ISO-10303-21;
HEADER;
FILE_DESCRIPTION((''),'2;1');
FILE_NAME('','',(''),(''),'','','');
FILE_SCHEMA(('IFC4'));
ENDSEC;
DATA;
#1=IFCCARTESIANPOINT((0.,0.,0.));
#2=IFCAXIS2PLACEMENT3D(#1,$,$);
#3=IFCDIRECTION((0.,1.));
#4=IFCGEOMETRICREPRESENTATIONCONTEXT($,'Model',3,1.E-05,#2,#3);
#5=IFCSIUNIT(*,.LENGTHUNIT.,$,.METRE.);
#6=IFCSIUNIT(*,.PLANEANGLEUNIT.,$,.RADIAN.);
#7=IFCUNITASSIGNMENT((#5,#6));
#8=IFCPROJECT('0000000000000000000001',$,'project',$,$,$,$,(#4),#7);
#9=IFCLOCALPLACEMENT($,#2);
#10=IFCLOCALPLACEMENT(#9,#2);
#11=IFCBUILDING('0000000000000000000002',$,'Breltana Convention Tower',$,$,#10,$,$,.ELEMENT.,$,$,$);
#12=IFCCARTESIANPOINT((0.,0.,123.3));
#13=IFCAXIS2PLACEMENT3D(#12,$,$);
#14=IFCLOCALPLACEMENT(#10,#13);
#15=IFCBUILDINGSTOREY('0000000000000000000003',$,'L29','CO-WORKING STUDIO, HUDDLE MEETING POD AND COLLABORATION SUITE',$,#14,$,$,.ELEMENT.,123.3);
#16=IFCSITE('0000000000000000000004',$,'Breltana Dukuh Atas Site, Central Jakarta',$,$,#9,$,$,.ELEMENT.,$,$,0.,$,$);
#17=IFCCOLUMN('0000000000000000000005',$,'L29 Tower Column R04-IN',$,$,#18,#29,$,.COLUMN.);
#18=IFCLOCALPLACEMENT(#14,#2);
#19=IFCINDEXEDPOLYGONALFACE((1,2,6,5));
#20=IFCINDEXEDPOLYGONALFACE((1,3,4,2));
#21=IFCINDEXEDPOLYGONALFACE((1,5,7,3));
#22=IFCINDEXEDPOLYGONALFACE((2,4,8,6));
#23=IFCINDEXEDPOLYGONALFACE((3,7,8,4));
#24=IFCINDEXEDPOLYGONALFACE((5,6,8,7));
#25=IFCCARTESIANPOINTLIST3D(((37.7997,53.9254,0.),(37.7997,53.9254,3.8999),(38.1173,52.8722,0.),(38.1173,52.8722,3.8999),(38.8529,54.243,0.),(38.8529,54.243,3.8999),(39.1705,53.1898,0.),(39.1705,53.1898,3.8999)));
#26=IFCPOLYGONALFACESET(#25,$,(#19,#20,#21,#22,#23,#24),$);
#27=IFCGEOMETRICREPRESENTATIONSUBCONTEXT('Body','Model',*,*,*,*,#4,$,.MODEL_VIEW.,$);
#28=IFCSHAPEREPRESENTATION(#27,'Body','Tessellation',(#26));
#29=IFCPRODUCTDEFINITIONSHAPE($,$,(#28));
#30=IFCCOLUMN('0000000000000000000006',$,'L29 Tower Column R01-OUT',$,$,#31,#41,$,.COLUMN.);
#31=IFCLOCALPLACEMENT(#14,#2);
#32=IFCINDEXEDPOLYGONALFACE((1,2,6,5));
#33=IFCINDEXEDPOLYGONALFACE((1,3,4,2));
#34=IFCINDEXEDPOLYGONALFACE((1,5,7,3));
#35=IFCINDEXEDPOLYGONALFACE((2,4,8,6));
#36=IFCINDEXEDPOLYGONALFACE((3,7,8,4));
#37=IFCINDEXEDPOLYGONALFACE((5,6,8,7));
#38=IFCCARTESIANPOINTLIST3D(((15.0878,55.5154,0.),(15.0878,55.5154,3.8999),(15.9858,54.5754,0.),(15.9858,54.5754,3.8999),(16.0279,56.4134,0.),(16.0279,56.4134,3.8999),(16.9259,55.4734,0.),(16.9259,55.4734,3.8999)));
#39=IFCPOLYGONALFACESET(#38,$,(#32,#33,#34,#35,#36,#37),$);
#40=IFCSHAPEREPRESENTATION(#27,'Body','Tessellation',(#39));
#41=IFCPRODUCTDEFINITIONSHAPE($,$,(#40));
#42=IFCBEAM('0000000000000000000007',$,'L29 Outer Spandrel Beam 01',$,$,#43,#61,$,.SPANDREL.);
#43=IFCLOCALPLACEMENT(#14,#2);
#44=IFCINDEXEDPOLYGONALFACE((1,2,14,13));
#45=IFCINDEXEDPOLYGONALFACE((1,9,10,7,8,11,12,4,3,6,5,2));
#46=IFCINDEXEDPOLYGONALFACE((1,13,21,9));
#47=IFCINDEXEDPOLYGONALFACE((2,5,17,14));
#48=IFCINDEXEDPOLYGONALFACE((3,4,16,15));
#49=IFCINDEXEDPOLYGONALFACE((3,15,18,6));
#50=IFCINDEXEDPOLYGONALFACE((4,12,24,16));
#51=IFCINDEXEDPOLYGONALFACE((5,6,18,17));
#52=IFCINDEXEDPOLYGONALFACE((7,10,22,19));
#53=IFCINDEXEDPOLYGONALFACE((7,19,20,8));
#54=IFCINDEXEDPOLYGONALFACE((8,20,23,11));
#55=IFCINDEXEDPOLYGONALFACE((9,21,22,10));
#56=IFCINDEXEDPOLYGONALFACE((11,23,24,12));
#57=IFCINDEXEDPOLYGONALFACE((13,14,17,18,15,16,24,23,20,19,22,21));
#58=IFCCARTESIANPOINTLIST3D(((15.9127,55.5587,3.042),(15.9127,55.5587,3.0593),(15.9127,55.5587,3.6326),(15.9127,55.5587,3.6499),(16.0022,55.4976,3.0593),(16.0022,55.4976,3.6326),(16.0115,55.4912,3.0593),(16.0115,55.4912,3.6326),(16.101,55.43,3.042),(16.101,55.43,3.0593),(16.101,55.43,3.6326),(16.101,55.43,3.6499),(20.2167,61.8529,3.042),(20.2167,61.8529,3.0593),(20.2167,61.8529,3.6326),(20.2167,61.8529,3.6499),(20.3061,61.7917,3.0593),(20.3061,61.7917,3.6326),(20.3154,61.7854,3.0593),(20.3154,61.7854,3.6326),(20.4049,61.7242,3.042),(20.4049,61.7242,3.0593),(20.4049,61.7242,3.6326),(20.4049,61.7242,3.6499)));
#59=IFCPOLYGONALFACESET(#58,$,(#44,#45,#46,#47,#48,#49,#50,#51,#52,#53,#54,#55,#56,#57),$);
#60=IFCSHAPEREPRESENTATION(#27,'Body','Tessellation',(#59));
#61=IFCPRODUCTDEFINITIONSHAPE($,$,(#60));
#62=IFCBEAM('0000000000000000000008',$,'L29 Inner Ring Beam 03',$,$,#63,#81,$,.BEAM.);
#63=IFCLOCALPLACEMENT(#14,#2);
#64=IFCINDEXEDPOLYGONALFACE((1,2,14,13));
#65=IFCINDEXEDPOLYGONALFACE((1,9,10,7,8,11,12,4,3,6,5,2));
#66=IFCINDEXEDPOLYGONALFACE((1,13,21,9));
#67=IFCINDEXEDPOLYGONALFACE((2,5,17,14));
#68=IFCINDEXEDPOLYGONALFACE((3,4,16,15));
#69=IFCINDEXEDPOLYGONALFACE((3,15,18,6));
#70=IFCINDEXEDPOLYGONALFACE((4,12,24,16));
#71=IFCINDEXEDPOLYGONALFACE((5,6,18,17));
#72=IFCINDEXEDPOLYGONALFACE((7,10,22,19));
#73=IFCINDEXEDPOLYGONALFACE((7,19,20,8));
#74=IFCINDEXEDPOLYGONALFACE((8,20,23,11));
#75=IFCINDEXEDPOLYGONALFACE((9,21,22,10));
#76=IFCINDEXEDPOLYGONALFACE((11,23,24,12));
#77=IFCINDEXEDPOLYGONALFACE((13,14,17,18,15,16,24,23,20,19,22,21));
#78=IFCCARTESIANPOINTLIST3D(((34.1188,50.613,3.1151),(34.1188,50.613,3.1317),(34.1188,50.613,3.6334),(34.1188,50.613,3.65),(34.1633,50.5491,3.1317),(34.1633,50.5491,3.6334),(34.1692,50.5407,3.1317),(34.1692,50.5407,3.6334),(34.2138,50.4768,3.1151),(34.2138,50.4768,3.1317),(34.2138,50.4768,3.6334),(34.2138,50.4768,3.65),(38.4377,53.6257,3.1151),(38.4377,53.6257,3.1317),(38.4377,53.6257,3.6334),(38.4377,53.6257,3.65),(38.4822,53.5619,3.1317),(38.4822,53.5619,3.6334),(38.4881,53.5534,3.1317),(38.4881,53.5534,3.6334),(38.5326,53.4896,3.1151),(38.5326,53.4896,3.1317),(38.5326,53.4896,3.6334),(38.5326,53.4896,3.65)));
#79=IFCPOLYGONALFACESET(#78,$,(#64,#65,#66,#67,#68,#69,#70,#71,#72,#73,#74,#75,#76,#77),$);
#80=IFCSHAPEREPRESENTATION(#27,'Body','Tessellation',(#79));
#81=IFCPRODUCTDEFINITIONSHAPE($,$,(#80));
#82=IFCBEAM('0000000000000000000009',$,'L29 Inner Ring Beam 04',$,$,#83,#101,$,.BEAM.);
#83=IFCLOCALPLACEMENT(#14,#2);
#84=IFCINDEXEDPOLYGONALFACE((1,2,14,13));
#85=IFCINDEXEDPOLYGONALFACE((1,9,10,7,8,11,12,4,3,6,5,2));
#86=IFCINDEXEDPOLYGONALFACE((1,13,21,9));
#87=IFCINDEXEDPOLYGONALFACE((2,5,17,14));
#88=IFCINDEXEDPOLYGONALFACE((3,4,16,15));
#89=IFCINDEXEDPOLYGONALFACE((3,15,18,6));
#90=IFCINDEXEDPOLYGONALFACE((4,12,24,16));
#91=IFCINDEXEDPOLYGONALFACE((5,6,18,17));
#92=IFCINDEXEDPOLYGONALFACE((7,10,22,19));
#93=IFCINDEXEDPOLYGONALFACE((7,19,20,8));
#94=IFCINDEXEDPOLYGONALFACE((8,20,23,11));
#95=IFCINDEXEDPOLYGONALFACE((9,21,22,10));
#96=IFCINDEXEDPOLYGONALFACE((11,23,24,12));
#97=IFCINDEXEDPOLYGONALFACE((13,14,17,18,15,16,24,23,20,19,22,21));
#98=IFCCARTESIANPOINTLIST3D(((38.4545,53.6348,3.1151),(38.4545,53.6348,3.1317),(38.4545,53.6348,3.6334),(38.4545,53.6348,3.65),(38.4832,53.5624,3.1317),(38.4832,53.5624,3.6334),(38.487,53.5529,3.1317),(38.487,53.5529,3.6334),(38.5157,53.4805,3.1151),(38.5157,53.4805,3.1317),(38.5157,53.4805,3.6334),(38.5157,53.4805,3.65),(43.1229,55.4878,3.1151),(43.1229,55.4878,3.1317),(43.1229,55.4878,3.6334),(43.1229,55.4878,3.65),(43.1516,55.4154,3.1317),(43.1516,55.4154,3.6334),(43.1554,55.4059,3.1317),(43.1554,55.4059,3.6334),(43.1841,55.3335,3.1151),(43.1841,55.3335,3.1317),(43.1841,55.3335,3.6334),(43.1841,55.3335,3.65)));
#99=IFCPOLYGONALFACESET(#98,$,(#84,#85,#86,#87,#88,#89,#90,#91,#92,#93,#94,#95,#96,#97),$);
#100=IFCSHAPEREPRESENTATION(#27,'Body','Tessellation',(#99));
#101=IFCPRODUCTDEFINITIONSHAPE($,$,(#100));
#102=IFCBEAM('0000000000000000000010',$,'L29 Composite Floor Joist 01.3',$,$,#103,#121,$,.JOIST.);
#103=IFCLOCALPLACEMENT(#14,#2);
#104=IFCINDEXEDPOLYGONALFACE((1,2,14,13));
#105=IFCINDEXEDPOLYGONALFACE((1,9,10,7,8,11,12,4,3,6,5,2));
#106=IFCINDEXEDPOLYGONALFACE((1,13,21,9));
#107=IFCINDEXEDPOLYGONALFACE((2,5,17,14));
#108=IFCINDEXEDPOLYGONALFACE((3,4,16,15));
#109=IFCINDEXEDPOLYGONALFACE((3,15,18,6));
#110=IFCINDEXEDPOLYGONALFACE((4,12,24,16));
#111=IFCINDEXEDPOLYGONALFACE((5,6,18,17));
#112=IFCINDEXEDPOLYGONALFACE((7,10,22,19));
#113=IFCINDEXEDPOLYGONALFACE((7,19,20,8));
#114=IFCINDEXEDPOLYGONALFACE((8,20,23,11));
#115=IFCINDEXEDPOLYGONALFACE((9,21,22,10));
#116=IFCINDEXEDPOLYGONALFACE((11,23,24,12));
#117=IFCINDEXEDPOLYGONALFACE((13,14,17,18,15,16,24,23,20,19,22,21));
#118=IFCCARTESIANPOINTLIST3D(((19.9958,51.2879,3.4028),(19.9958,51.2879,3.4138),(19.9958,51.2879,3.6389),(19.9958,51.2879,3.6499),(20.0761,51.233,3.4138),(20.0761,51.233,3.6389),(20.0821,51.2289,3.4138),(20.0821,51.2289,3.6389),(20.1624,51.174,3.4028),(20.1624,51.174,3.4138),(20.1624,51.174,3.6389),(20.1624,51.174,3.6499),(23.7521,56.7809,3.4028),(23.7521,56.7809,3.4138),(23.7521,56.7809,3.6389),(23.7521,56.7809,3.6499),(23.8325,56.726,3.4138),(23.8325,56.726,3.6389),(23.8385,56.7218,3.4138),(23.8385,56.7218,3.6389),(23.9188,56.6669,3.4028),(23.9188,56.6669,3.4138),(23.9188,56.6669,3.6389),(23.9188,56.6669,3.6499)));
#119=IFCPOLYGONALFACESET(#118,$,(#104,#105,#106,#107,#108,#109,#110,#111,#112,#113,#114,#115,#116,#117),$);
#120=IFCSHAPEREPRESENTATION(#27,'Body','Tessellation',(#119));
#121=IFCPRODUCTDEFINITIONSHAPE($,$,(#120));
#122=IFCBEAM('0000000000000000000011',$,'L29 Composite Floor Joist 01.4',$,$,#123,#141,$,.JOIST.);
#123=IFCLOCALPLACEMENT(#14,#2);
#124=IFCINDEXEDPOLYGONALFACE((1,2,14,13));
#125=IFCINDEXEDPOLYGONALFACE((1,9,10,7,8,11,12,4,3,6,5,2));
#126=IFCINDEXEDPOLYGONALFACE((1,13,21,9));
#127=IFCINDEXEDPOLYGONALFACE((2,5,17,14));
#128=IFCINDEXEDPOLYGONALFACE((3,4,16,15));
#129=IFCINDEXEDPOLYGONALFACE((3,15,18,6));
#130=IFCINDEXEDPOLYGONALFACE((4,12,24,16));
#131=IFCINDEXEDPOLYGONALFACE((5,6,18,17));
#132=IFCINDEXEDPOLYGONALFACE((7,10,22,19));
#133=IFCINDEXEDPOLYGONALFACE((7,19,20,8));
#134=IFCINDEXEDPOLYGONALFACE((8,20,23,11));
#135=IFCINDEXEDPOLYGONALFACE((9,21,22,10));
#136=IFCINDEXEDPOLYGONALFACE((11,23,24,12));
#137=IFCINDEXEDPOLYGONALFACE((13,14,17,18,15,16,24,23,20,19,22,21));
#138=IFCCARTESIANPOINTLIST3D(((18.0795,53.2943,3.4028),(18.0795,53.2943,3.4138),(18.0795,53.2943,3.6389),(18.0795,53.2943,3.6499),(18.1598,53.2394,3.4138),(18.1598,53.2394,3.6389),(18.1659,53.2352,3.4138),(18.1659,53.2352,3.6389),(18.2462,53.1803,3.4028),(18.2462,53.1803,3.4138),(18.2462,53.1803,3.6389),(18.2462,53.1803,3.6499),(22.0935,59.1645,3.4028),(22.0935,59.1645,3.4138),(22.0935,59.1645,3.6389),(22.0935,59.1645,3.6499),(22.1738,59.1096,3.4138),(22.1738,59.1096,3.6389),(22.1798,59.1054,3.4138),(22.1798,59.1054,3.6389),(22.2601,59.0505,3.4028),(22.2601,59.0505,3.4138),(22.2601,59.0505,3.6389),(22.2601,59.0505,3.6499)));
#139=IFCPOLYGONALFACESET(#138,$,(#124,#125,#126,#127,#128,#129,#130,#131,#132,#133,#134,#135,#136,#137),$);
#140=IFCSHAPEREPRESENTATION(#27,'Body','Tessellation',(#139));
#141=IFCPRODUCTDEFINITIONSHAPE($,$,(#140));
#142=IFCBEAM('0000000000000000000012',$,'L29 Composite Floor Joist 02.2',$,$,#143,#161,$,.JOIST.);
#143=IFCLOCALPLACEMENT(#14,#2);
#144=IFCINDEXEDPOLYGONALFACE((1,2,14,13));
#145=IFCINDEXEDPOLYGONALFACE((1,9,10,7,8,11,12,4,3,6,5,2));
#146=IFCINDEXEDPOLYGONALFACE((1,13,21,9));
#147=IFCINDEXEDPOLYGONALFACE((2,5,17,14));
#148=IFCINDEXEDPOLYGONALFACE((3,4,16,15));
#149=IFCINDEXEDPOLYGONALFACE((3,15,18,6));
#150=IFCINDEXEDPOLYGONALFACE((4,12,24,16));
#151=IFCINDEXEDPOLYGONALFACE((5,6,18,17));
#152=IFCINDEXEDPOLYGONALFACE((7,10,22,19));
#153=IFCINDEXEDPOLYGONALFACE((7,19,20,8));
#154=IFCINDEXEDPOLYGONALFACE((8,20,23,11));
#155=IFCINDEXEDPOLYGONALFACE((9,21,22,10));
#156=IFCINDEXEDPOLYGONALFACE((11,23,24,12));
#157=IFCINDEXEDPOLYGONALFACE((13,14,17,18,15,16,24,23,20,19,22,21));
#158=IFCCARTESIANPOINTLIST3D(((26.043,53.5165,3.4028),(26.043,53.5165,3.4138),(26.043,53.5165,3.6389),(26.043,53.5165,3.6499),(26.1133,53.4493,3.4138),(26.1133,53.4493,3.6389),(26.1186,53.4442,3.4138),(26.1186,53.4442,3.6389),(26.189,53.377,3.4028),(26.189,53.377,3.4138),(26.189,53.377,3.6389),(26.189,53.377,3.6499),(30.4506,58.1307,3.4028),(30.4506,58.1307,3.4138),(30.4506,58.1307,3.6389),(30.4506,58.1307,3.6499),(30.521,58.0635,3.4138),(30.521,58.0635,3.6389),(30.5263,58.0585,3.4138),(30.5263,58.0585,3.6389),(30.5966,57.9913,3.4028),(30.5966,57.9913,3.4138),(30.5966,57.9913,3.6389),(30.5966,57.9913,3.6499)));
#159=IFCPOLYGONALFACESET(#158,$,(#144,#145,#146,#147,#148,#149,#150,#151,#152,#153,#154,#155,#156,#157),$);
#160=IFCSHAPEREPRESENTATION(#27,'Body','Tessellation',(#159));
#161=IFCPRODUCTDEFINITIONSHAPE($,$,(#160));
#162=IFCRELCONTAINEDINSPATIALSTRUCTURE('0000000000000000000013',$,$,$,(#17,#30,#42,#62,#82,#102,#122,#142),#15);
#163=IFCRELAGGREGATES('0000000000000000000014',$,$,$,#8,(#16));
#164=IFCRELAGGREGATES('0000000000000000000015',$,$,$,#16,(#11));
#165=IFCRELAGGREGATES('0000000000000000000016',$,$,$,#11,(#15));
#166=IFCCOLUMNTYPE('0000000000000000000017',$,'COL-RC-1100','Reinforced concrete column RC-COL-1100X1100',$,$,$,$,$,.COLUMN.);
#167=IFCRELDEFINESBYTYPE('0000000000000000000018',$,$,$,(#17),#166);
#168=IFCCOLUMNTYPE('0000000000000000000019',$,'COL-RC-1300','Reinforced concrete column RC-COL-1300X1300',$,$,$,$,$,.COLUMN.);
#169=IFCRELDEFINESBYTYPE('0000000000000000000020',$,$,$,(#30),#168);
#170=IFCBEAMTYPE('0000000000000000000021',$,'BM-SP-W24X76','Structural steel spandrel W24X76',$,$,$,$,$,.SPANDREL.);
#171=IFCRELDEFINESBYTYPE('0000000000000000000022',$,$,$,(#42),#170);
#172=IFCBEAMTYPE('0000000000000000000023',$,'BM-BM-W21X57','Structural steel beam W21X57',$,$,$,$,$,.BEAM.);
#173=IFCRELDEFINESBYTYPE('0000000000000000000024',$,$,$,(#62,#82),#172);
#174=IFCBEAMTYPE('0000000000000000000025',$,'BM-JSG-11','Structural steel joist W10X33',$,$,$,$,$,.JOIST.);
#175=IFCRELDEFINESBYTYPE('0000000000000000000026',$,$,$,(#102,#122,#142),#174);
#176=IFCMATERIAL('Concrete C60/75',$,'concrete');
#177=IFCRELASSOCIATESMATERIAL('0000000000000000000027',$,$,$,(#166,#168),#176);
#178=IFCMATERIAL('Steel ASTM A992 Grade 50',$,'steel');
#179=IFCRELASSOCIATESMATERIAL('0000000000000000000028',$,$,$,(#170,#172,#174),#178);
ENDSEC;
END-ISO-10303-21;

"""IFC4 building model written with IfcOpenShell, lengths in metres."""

from ifc_helpers import new_model, si_unit, direction, frame, origin, origin_2d, place, context, subcontext, project, spatial, rectangle, i_section, extrude, source, transform, mapped, material, material_profile, profile_set, type_object, type_shapes, element, save


model = new_model("IFC4")

# Units and contexts
model_context = context("Model", 3, precision=1e-05, world=origin(), true_north=direction((0.0, 1.0)))
body_context = subcontext(model_context, "Body", "Model", "MODEL_VIEW")
ifc_project = project(units=[si_unit("LENGTHUNIT", "METRE"), si_unit("PLANEANGLEUNIT", "RADIAN")], contexts=[model_context])

# Site, building, storey
site_placement = place(None, origin())
site = spatial("IfcSite", under=ifc_project, at=site_placement, Name="Breltana Dukuh Atas Site, Central Jakarta", CompositionType="ELEMENT", RefElevation=0.0)
building_placement = place(site_placement, origin())
building = spatial("IfcBuilding", under=site, at=building_placement, Name="Breltana Convention Tower", CompositionType="ELEMENT")
storey_placement = place(building_placement, frame((0.0, 0.0, 123.3)))
storey = spatial("IfcBuildingStorey", under=building, at=storey_placement, Name="L29", Description="CO-WORKING STUDIO, HUDDLE MEETING POD AND COLLABORATION SUITE", CompositionType="ELEMENT", Elevation=123.3)

# Columns
ifc_material_1 = material(Name="Concrete C60/75", Category="concrete")
ifc_material_profile_1 = material_profile(ifc_material_1, rectangle(XDim=1.1001, YDim=1.1001, at=origin_2d()), Name="RC-COL-1100X1100")
ifc_profile_set_1 = profile_set([ifc_material_profile_1], Name="Concrete C60/75")
column_type_1 = type_object("IfcColumnType", Name="COL-RC-1100", Description="Reinforced concrete column RC-COL-1100X1100", PredefinedType="COLUMN", material=ifc_profile_set_1)
shared_shape_1 = source(origin(), body_context, "Body", "SweptSolid", [
    extrude(rectangle(XDim=1.1001, YDim=1.1001, at=origin_2d()), origin(), (0.0, 0.0, 1.0), 3.8999),
])
column_1_placement = place(storey_placement, frame((38.4851, 53.5576, 0.0), z_axis=(0.0, 0.0, 1.0), x_axis=(-0.288698, 0.95742, 0.0)))
element("IfcColumn", 1, at=column_1_placement, inside=storey, type_object=column_type_1, Name="L29 Tower Column R04-IN", PredefinedType="COLUMN", context=body_context, shape_type="MappedRepresentation", body=[
    mapped(shared_shape_1, transform((0.0, 0.0, 0.0), scale=1.0)),
])
ifc_material_profile_2 = material_profile(ifc_material_1, rectangle(XDim=1.3, YDim=1.3, at=origin_2d()), Name="RC-COL-1300X1300")
ifc_profile_set_2 = profile_set([ifc_material_profile_2], Name="Concrete C60/75")
column_type_2 = type_object("IfcColumnType", Name="COL-RC-1300", Description="Reinforced concrete column RC-COL-1300X1300", PredefinedType="COLUMN", material=ifc_profile_set_2)
shared_shape_2 = source(origin(), body_context, "Body", "SweptSolid", [
    extrude(rectangle(XDim=1.3, YDim=1.3, at=origin_2d()), origin(), (0.0, 0.0, 1.0), 3.8999),
])
column_2_placement = place(storey_placement, frame((16.0068, 55.4944, 0.0), z_axis=(0.0, 0.0, 1.0), x_axis=(-0.690756, 0.723088, 0.0)))
element("IfcColumn", 2, at=column_2_placement, inside=storey, type_object=column_type_2, Name="L29 Tower Column R01-OUT", PredefinedType="COLUMN", context=body_context, shape_type="MappedRepresentation", body=[
    mapped(shared_shape_2, transform((0.0, 0.0, 0.0), scale=1.0)),
])

# Beams
ifc_material_2 = material(Name="Steel ASTM A992 Grade 50", Category="steel")
ifc_material_profile_3 = material_profile(ifc_material_2, i_section(OverallWidth=0.228, OverallDepth=0.6079, WebThickness=0.0112, FlangeThickness=0.0173, at=origin_2d()), Name="W24X76")
ifc_profile_set_3 = profile_set([ifc_material_profile_3], Name="Steel ASTM A992 Grade 50")
beam_type_1 = type_object("IfcBeamType", Name="BM-SP-W24X76", Description="Structural steel spandrel W24X76", PredefinedType="SPANDREL", material=ifc_profile_set_3)
shared_shape_3 = source(origin(), body_context, "Body", "SweptSolid", [
    extrude(i_section(OverallWidth=0.228, OverallDepth=0.6079, WebThickness=0.0112, FlangeThickness=0.0173, at=origin_2d()), origin(), (0.0, 0.0, 1.0), 7.625),
])
type_shapes(beam_type_1, [shared_shape_3])
beam_1_placement = place(storey_placement, frame((16.0068, 55.4944, 3.3459), z_axis=(0.564452, 0.825466, 0.0), x_axis=(-0.825466, 0.564452, 0.0)))
element("IfcBeam", 3, at=beam_1_placement, inside=storey, type_object=beam_type_1, Name="L29 Outer Spandrel Beam 01", PredefinedType="SPANDREL", context=body_context, shape_type="MappedRepresentation", body=[
    mapped(shared_shape_3, transform((0.0, 0.0, 0.0), scale=1.0)),
])
ifc_material_profile_4 = material_profile(ifc_material_2, i_section(OverallWidth=0.166, OverallDepth=0.5349, WebThickness=0.0103, FlangeThickness=0.0166, at=origin_2d()), Name="W21X57")
ifc_profile_set_4 = profile_set([ifc_material_profile_4], Name="Steel ASTM A992 Grade 50")
beam_type_2 = type_object("IfcBeamType", Name="BM-BM-W21X57", Description="Structural steel beam W21X57", PredefinedType="BEAM", material=ifc_profile_set_4)
shared_shape_4 = source(origin(), body_context, "Body", "SweptSolid", [
    extrude(i_section(OverallWidth=0.166, OverallDepth=0.5349, WebThickness=0.0103, FlangeThickness=0.0166, at=origin_2d()), origin(), (0.0, 0.0, 1.0), 5.2659),
])
beam_2_placement = place(storey_placement, frame((34.1663, 50.5449, 3.3826), z_axis=(0.820167, 0.572124, 0.0), x_axis=(-0.572124, 0.820167, 0.0)))
element("IfcBeam", 4, at=beam_2_placement, inside=storey, type_object=beam_type_2, Name="L29 Inner Ring Beam 03", PredefinedType="BEAM", context=body_context, shape_type="MappedRepresentation", body=[
    mapped(shared_shape_4, transform((0.0, 0.0, 0.0), scale=1.0)),
])
shared_shape_5 = source(origin(), body_context, "Body", "SweptSolid", [
    extrude(i_section(OverallWidth=0.166, OverallDepth=0.5349, WebThickness=0.0103, FlangeThickness=0.0166, at=origin_2d()), origin(), (0.0, 0.0, 1.0), 5.0227),
])
beam_3_placement = place(storey_placement, frame((38.4851, 53.5576, 3.3826), z_axis=(0.929459, 0.368926, 0.0), x_axis=(-0.368926, 0.929459, 0.0)))
element("IfcBeam", 5, at=beam_3_placement, inside=storey, type_object=beam_type_2, Name="L29 Inner Ring Beam 04", PredefinedType="BEAM", context=body_context, shape_type="MappedRepresentation", body=[
    mapped(shared_shape_5, transform((0.0, 0.0, 0.0), scale=1.0)),
])
ifc_material_profile_5 = material_profile(ifc_material_2, i_section(OverallWidth=0.2019, OverallDepth=0.2471, WebThickness=0.0073, FlangeThickness=0.011, at=origin_2d()), Name="W10X33")
ifc_profile_set_5 = profile_set([ifc_material_profile_5], Name="Steel ASTM A992 Grade 50")
beam_type_3 = type_object("IfcBeamType", Name="BM-JSG-11", Description="Structural steel joist W10X33", PredefinedType="JOIST", material=ifc_profile_set_5)
shared_shape_6 = source(origin(), body_context, "Body", "SweptSolid", [
    extrude(i_section(OverallWidth=0.2019, OverallDepth=0.2471, WebThickness=0.0073, FlangeThickness=0.011, at=origin_2d()), origin(), (0.0, 0.0, 1.0), 6.6545),
])
beam_4_placement = place(storey_placement, frame((20.0791, 51.231, 3.5264), z_axis=(0.564483, 0.825445, 0.0), x_axis=(-0.825445, 0.564483, 0.0)))
element("IfcBeam", 6, at=beam_4_placement, inside=storey, type_object=beam_type_3, Name="L29 Composite Floor Joist 01.3", PredefinedType="JOIST", context=body_context, shape_type="MappedRepresentation", body=[
    mapped(shared_shape_6, transform((0.0, 0.0, 0.0), scale=1.0)),
])
shared_shape_7 = source(origin(), body_context, "Body", "SweptSolid", [
    extrude(i_section(OverallWidth=0.2019, OverallDepth=0.2471, WebThickness=0.0073, FlangeThickness=0.011, at=origin_2d()), origin(), (0.0, 0.0, 1.0), 7.1113),
])
beam_5_placement = place(storey_placement, frame((18.1628, 53.2373, 3.5264), z_axis=(0.564446, 0.82547, 0.0), x_axis=(-0.82547, 0.564446, 0.0)))
element("IfcBeam", 7, at=beam_5_placement, inside=storey, type_object=beam_type_3, Name="L29 Composite Floor Joist 01.4", PredefinedType="JOIST", context=body_context, shape_type="MappedRepresentation", body=[
    mapped(shared_shape_7, transform((0.0, 0.0, 0.0), scale=1.0)),
])
shared_shape_8 = source(origin(), body_context, "Body", "SweptSolid", [
    extrude(i_section(OverallWidth=0.2019, OverallDepth=0.2471, WebThickness=0.0073, FlangeThickness=0.011, at=origin_2d()), origin(), (0.0, 0.0, 1.0), 6.3811),
])
beam_6_placement = place(storey_placement, frame((26.116, 53.4468, 3.5264), z_axis=(0.690738, 0.723105, 0.0), x_axis=(-0.723105, 0.690738, 0.0)))
element("IfcBeam", 8, at=beam_6_placement, inside=storey, type_object=beam_type_3, Name="L29 Composite Floor Joist 02.2", PredefinedType="JOIST", context=body_context, shape_type="MappedRepresentation", body=[
    mapped(shared_shape_8, transform((0.0, 0.0, 0.0), scale=1.0)),
])

save(model, "model.ifc")
